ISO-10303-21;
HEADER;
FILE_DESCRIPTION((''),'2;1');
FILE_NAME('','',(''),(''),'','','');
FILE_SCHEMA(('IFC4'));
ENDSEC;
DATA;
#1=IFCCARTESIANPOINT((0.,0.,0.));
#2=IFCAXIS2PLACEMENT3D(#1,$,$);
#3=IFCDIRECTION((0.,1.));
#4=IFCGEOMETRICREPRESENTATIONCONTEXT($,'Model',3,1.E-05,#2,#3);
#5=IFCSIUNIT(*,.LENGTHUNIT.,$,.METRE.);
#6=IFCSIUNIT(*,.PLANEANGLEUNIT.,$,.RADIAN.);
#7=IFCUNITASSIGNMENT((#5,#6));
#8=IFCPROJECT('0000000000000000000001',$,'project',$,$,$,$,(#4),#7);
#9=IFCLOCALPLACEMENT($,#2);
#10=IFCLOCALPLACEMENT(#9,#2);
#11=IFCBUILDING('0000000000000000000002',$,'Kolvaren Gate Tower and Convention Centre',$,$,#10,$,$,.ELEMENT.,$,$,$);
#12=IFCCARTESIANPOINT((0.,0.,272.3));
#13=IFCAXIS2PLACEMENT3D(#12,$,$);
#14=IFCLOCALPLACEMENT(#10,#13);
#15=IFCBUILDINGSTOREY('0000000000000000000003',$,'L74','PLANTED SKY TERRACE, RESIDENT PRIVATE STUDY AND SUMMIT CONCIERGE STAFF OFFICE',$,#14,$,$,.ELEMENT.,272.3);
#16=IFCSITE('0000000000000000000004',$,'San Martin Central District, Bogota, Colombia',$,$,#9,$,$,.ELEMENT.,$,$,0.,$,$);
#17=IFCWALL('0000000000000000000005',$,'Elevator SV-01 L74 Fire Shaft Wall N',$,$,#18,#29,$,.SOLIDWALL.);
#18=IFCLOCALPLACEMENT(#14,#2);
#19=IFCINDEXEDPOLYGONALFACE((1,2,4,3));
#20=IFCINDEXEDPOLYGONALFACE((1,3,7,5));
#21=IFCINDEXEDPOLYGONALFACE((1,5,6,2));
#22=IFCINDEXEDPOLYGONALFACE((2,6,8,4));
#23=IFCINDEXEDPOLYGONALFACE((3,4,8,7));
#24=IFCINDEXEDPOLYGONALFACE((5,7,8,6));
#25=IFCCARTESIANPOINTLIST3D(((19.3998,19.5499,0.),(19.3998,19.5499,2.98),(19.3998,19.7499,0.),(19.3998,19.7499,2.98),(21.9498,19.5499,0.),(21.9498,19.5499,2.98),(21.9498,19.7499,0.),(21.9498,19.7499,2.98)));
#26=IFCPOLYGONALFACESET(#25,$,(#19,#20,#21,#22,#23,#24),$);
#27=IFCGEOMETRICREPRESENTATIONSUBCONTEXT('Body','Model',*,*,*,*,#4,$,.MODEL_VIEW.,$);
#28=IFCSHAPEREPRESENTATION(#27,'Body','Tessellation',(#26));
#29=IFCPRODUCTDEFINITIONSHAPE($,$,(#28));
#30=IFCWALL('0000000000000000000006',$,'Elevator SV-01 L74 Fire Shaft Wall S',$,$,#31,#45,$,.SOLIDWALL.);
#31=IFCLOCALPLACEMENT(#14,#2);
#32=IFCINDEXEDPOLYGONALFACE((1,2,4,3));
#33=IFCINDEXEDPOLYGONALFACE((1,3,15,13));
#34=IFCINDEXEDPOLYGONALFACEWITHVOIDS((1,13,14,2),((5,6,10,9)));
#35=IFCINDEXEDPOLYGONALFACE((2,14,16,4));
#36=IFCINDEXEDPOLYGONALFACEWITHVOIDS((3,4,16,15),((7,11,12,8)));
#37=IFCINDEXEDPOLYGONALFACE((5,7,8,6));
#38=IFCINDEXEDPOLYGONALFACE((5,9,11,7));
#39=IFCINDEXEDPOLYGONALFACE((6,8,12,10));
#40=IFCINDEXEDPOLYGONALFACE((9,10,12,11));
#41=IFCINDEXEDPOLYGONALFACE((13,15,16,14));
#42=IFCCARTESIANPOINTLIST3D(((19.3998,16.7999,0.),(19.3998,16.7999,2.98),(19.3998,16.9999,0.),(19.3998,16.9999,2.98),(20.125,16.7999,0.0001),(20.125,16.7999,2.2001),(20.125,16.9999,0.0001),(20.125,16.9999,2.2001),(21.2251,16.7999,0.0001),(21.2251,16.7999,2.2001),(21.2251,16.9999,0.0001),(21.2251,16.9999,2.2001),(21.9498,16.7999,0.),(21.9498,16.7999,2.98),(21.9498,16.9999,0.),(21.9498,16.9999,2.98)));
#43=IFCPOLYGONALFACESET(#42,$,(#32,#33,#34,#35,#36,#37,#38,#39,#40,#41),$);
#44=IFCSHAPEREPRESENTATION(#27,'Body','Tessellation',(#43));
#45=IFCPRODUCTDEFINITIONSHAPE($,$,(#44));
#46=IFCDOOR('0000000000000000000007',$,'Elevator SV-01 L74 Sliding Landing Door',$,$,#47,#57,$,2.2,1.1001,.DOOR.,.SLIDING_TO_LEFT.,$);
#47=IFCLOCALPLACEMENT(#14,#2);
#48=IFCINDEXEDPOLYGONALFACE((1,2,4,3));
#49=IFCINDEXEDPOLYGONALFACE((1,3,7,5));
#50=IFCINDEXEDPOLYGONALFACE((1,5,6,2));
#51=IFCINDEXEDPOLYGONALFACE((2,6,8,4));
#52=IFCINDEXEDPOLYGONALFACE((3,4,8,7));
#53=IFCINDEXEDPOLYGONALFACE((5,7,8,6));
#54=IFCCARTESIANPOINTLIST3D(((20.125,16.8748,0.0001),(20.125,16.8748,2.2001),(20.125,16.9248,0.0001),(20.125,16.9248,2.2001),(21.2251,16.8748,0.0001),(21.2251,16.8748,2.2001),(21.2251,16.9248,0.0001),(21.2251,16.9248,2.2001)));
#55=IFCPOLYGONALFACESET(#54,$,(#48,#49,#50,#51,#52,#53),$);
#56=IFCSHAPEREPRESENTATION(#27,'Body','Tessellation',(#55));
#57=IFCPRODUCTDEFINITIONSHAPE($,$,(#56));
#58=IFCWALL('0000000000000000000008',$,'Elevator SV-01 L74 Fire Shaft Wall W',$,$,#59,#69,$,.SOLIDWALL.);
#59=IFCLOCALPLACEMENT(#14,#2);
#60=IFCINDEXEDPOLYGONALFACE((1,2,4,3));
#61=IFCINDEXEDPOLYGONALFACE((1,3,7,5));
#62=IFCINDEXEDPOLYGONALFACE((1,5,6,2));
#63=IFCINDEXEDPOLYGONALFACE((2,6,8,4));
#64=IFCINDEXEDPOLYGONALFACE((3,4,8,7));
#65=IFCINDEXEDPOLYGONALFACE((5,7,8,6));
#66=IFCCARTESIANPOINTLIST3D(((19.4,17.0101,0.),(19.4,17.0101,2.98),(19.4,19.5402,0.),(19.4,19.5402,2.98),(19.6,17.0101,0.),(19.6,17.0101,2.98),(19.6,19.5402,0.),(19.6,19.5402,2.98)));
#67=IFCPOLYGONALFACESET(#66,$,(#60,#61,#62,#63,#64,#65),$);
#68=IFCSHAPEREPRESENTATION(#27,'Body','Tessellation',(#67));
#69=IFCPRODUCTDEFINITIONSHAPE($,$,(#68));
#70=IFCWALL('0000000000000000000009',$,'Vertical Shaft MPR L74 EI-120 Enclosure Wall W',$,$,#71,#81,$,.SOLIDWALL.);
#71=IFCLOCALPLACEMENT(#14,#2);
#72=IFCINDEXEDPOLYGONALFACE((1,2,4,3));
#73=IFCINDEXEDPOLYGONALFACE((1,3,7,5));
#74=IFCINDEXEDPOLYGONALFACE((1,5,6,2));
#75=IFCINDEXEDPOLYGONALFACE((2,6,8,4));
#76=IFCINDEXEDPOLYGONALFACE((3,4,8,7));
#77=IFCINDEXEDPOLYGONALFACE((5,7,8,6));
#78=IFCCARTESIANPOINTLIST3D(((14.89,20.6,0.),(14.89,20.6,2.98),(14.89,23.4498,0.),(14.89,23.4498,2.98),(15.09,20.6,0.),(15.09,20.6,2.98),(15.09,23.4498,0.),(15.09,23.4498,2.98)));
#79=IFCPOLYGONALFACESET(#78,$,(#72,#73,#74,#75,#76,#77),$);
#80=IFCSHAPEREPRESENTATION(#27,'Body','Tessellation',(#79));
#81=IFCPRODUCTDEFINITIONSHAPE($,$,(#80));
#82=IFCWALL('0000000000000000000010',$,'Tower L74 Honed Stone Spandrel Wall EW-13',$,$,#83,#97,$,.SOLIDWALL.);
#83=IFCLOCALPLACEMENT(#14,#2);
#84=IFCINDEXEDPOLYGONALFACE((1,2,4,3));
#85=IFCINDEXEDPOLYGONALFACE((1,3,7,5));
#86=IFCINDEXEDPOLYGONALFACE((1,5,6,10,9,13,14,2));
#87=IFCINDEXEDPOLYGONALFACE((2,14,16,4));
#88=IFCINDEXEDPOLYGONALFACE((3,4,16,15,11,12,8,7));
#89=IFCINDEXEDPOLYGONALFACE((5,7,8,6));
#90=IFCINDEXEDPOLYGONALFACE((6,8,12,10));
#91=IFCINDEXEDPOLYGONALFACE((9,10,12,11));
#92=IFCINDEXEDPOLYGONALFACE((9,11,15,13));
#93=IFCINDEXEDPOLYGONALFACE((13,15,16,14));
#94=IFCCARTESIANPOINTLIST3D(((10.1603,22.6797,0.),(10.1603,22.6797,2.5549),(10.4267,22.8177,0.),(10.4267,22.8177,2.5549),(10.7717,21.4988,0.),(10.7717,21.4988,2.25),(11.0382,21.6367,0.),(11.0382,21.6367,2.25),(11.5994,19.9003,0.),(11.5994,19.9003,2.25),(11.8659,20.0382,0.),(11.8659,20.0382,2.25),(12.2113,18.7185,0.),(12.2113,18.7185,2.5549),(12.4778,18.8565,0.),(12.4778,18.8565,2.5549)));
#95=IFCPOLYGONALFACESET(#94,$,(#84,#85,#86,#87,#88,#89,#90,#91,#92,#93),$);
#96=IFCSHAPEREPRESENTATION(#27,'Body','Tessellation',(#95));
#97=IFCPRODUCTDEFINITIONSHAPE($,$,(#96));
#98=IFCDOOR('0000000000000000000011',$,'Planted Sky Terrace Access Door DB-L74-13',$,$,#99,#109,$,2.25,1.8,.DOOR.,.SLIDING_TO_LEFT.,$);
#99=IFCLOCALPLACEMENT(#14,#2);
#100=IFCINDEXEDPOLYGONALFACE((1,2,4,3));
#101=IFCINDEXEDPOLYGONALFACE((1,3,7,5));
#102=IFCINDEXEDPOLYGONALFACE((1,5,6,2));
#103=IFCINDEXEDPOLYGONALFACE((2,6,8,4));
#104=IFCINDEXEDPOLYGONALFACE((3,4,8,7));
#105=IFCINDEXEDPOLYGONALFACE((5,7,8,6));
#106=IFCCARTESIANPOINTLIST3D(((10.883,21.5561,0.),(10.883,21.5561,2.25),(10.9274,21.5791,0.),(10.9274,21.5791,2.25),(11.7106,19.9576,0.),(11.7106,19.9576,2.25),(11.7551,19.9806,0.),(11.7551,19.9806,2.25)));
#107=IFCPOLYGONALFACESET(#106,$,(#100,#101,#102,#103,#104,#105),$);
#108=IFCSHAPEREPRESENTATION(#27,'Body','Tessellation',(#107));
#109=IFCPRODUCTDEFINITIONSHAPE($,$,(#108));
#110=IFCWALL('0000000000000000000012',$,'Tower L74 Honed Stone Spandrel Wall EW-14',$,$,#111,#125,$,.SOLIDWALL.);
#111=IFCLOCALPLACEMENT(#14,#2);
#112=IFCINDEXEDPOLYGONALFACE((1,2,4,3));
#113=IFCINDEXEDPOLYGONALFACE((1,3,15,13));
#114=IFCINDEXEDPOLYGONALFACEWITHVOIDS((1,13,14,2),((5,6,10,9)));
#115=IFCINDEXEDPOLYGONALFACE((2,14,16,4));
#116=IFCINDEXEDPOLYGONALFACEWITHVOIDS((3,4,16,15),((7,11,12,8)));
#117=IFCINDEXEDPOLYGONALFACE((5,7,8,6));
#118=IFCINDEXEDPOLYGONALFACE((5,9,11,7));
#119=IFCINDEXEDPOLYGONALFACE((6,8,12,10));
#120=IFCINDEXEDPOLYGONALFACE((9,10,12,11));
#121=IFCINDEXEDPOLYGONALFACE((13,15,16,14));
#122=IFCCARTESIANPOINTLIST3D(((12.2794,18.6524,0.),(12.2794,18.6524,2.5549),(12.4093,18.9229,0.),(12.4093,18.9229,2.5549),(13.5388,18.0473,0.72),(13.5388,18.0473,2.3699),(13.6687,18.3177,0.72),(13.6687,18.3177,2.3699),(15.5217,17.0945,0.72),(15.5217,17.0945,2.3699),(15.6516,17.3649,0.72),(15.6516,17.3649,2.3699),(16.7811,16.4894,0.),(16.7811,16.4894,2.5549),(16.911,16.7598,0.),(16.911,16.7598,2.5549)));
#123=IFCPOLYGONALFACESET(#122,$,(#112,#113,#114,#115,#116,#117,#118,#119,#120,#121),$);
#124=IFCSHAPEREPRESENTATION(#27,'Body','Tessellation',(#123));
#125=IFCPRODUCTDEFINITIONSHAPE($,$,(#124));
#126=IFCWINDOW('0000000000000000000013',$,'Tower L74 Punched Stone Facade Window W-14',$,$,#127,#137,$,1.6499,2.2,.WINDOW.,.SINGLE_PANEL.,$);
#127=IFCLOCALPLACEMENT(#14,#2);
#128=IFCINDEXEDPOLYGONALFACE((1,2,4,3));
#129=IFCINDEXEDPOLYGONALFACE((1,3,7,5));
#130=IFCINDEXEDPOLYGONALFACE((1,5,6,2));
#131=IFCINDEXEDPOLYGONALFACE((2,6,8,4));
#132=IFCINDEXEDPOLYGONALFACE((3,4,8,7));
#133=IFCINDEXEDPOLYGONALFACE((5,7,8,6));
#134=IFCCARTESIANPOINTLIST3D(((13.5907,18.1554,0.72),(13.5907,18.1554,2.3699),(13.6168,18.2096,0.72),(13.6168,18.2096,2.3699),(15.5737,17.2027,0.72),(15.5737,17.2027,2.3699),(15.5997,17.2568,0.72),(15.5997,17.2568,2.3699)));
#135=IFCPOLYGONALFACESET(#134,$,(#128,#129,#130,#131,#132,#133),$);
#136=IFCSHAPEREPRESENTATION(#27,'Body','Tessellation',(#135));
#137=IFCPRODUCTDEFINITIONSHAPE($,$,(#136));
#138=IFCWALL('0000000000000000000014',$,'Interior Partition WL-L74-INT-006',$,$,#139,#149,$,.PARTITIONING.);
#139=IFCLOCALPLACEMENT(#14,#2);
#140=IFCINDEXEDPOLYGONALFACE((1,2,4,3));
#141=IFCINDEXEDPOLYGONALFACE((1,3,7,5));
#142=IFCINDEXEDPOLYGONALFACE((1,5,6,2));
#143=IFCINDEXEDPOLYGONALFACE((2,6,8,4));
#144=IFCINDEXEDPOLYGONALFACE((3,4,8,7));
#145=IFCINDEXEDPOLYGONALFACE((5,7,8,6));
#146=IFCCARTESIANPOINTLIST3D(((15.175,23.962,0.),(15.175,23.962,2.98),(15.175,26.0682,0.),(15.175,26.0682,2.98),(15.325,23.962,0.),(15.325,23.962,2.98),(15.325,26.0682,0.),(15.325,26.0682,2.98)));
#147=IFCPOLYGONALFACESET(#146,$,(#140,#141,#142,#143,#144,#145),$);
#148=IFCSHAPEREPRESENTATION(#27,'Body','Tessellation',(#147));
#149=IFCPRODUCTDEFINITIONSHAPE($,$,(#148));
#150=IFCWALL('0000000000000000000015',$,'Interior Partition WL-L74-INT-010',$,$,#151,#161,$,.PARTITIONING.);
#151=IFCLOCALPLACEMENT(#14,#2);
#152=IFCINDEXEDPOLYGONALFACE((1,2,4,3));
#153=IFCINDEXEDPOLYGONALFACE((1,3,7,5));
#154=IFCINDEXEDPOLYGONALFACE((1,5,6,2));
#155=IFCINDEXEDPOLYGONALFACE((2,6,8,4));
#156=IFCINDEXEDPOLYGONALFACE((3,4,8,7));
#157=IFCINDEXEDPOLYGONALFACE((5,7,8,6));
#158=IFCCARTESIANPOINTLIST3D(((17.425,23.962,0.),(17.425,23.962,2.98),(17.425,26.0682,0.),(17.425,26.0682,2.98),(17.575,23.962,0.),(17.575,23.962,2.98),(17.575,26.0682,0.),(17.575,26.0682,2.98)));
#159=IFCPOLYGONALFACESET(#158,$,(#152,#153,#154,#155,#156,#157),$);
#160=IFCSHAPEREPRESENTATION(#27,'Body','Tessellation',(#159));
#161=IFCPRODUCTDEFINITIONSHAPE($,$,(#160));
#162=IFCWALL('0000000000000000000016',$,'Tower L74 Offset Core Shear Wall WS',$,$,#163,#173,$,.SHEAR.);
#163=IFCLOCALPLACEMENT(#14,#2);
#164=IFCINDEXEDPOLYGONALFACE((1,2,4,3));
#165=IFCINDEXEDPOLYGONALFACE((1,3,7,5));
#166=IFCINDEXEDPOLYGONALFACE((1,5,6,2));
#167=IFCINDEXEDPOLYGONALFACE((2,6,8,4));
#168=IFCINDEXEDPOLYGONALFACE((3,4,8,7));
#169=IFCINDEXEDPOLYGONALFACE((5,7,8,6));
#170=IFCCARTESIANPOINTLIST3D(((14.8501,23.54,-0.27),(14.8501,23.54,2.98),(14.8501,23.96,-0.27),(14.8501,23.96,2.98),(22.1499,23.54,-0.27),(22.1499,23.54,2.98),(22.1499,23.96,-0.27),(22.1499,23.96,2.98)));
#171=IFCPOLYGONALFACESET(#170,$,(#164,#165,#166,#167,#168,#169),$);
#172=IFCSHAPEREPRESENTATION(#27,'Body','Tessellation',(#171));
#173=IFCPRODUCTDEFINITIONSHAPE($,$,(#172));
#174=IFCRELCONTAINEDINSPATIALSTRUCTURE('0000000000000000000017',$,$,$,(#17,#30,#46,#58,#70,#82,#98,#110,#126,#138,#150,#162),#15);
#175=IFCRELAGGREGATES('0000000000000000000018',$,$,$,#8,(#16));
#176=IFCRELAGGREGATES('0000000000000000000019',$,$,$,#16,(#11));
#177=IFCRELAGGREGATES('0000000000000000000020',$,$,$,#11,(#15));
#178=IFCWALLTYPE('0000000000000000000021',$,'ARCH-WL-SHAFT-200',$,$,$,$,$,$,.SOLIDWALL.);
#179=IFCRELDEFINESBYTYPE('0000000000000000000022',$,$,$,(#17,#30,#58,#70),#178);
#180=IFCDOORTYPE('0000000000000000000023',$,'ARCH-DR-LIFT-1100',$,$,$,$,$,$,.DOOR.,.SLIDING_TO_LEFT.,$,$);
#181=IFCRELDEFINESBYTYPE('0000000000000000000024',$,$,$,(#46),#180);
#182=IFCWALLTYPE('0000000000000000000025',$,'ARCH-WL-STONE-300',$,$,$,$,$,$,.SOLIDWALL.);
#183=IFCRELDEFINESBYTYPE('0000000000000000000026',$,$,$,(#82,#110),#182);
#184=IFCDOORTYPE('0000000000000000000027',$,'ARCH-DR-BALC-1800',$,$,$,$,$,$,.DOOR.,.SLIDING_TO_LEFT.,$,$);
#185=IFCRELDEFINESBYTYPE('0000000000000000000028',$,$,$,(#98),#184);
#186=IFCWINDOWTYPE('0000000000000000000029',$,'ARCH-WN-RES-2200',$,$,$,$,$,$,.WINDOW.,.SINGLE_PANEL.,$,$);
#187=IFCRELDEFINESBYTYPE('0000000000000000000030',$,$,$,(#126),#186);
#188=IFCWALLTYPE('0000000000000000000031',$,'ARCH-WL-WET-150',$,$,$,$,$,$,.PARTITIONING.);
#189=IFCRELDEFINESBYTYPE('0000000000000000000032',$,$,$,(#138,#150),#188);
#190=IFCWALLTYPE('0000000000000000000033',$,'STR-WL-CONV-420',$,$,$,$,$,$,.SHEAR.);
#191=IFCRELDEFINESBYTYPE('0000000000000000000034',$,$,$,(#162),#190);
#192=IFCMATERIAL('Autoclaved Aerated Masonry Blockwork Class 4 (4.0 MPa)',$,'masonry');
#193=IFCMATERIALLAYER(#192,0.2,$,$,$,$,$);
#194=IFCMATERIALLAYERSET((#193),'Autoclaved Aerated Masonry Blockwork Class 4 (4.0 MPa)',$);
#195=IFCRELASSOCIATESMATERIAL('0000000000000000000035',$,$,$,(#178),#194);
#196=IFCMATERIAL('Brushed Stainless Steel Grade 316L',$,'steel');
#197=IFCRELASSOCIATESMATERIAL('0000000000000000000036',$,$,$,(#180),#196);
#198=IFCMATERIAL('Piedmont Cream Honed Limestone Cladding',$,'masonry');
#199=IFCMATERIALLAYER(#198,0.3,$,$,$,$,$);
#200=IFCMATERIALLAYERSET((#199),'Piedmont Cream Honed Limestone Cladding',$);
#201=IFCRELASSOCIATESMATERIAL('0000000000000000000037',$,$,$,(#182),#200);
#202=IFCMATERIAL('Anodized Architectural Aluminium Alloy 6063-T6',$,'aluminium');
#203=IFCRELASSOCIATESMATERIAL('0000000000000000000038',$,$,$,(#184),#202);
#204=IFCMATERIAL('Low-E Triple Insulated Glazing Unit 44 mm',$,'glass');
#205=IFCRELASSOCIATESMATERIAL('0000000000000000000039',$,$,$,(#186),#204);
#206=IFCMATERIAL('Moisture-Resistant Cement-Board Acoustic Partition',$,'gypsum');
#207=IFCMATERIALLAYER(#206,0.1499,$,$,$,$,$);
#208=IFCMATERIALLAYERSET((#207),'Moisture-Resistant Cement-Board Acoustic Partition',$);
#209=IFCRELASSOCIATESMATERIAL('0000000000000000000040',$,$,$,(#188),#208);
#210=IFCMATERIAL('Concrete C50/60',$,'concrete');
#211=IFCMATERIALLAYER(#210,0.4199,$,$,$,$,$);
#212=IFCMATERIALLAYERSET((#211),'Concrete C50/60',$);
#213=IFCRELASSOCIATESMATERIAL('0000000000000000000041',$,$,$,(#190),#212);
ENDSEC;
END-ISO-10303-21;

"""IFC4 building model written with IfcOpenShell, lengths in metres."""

from ifc_helpers import new_model, si_unit, direction, frame, frame_2d, origin, place, context, subcontext, project, spatial, rectangle, extrude, material, layer, layer_set, type_object, element, fill, save


model = new_model("IFC4")

# Units and contexts
model_context = context("Model", 3, precision=1e-05, world=origin(), true_north=direction((0.0, 1.0)))
body_context = subcontext(model_context, "Body", "Model", "MODEL_VIEW")
ifc_project = project(units=[si_unit("LENGTHUNIT", "METRE"), si_unit("PLANEANGLEUNIT", "RADIAN")], contexts=[model_context])

# Site, building, storey
site_placement = place(None, origin())
site = spatial("IfcSite", under=ifc_project, at=site_placement, Name="San Martin Central District, Bogota, Colombia", CompositionType="ELEMENT", RefElevation=0.0)
building_placement = place(site_placement, origin())
building = spatial("IfcBuilding", under=site, at=building_placement, Name="Kolvaren Gate Tower and Convention Centre", CompositionType="ELEMENT")
storey_placement = place(building_placement, frame((0.0, 0.0, 272.3)))
storey = spatial("IfcBuildingStorey", under=building, at=storey_placement, Name="L74", Description="PLANTED SKY TERRACE, RESIDENT PRIVATE STUDY AND SUMMIT CONCIERGE STAFF OFFICE", CompositionType="ELEMENT", Elevation=272.3)

# Shared definitions
ifc_material_1 = material(Name="Anodized Architectural Aluminium Alloy 6063-T6", Category="aluminium")

# Wall
ifc_material_2 = material(Name="Piedmont Cream Honed Limestone Cladding", Category="masonry")
ifc_material_3 = material(Name="Autoclaved Aerated Masonry Blockwork Class 4 (4.0 MPa)", Category="masonry")
ifc_layer_1 = layer(ifc_material_3, 0.2)
ifc_layer_set_1 = layer_set([ifc_layer_1], Name="Autoclaved Aerated Masonry Blockwork Class 4 (4.0 MPa)")
wall_type_1 = type_object("IfcWallType", Name="ARCH-WL-SHAFT-200", PredefinedType="SOLIDWALL", material=ifc_layer_set_1)
wall_1_placement = place(storey_placement, frame((19.3999, 19.6499, 0.0), z_axis=(0.0, 0.0, 1.0), x_axis=(1.0, 0.0, 0.0)))
element("IfcWall", 1, at=wall_1_placement, inside=storey, type_object=wall_type_1, Name="Elevator SV-01 L74 Fire Shaft Wall N", PredefinedType="SOLIDWALL", context=body_context, shape_type="SweptSolid", body=[
    extrude(rectangle(XDim=2.55, YDim=0.2, at=frame_2d((1.2749, 0.0))), origin(), (0.0, 0.0, 1.0), 2.98),
])

# Wall, opening, door
wall_2_placement = place(storey_placement, frame((19.3999, 16.8999, 0.0), z_axis=(0.0, 0.0, 1.0), x_axis=(1.0, 0.0, 0.0)))
wall_2 = element("IfcWall", 2, at=wall_2_placement, inside=storey, type_object=wall_type_1, Name="Elevator SV-01 L74 Fire Shaft Wall S", PredefinedType="SOLIDWALL", context=body_context, shape_type="SweptSolid", body=[
    extrude(rectangle(XDim=2.55, YDim=0.2, at=frame_2d((1.2749, 0.0))), origin(), (0.0, 0.0, 1.0), 2.98),
])
opening_1_placement = place(wall_2_placement, frame((0.7251, 0.0, 0.0)))
opening_1 = element("IfcOpeningElement", 3, at=opening_1_placement, cuts=wall_2, PredefinedType="OPENING", context=body_context, shape_type="SweptSolid", body=[
    extrude(rectangle(XDim=1.1001, YDim=2.2, at=frame_2d((0.55, 1.1001))), frame((0.0, 0.1099, 0.0), z_axis=(0.0, -1.0, 0.0), x_axis=(1.0, 0.0, 0.0)), (0.0, 0.0, 1.0), 0.22),
])
ifc_material_4 = material(Name="Brushed Stainless Steel Grade 316L", Category="steel")
door_type_1 = type_object("IfcDoorType", Name="ARCH-DR-LIFT-1100", OperationType="SLIDING_TO_LEFT", PredefinedType="DOOR", material=ifc_material_4)
door_1_placement = place(opening_1_placement, origin())
door_1 = element("IfcDoor", 4, at=door_1_placement, inside=storey, type_object=door_type_1, Name="Elevator SV-01 L74 Sliding Landing Door", OperationType="SLIDING_TO_LEFT", OverallHeight=2.2, OverallWidth=1.1001, PredefinedType="DOOR", context=body_context, shape_type="SweptSolid", body=[
    extrude(rectangle(XDim=1.1001, YDim=2.2, at=frame_2d((0.55, 1.1001))), frame((0.0, 0.0249, 0.0), z_axis=(0.0, -1.0, 0.0), x_axis=(1.0, 0.0, 0.0)), (0.0, 0.0, 1.0), 0.05),
])
fill(opening_1, door_1)

# Walls
wall_3_placement = place(storey_placement, frame((19.5, 17.01, 0.0), z_axis=(0.0, 0.0, 1.0), x_axis=(0.0, 1.0, 0.0)))
element("IfcWall", 5, at=wall_3_placement, inside=storey, type_object=wall_type_1, Name="Elevator SV-01 L74 Fire Shaft Wall W", PredefinedType="SOLIDWALL", context=body_context, shape_type="SweptSolid", body=[
    extrude(rectangle(XDim=2.53, YDim=0.2, at=frame_2d((1.2651, 0.0))), origin(), (0.0, 0.0, 1.0), 2.98),
])
wall_4_placement = place(storey_placement, frame((14.99, 20.6001, 0.0), z_axis=(0.0, 0.0, 1.0), x_axis=(0.0, 1.0, 0.0)))
element("IfcWall", 6, at=wall_4_placement, inside=storey, type_object=wall_type_1, Name="Vertical Shaft MPR L74 EI-120 Enclosure Wall W", PredefinedType="SOLIDWALL", context=body_context, shape_type="SweptSolid", body=[
    extrude(rectangle(XDim=2.8499, YDim=0.2, at=frame_2d((1.4248, 0.0))), origin(), (0.0, 0.0, 1.0), 2.98),
])

# Wall, opening, door
ifc_layer_2 = layer(ifc_material_2, 0.3)
ifc_layer_set_2 = layer_set([ifc_layer_2], Name="Piedmont Cream Honed Limestone Cladding")
wall_type_2 = type_object("IfcWallType", Name="ARCH-WL-STONE-300", PredefinedType="SOLIDWALL", material=ifc_layer_set_2)
wall_5_placement = place(storey_placement, frame((10.2935, 22.7488, 0.0), z_axis=(0.0, 0.0, 1.0), x_axis=(0.459801, -0.888022, 0.0)))
wall_5 = element("IfcWall", 7, at=wall_5_placement, inside=storey, type_object=wall_type_2, Name="Tower L74 Honed Stone Spandrel Wall EW-13", PredefinedType="SOLIDWALL", context=body_context, shape_type="SweptSolid", body=[
    extrude(rectangle(XDim=4.4607, YDim=0.3, at=frame_2d((2.2305, 0.0))), origin(), (0.0, 0.0, 1.0), 2.5549),
])
opening_2_placement = place(wall_5_placement, frame((1.3301, 0.0, 0.0)))
opening_2 = element("IfcOpeningElement", 8, at=opening_2_placement, cuts=wall_5, PredefinedType="OPENING", context=body_context, shape_type="SweptSolid", body=[
    extrude(rectangle(XDim=1.8, YDim=2.25, at=frame_2d((0.8999, 1.125))), frame((0.0, 0.1599, 0.0), z_axis=(0.0, -1.0, 0.0), x_axis=(1.0, 0.0, 0.0)), (0.0, 0.0, 1.0), 0.3201),
])
door_type_2 = type_object("IfcDoorType", Name="ARCH-DR-BALC-1800", OperationType="SLIDING_TO_LEFT", PredefinedType="DOOR", material=ifc_material_1)
door_2_placement = place(opening_2_placement, frame((1.8, 0.0, 0.0), z_axis=(0.0, 0.0, 1.0), x_axis=(-1.0, 0.0, 0.0)))
door_2 = element("IfcDoor", 9, at=door_2_placement, inside=storey, type_object=door_type_2, Name="Planted Sky Terrace Access Door DB-L74-13", OperationType="SLIDING_TO_LEFT", OverallHeight=2.25, OverallWidth=1.8, PredefinedType="DOOR", context=body_context, shape_type="SweptSolid", body=[
    extrude(rectangle(XDim=1.8, YDim=2.25, at=frame_2d((0.8999, 1.125))), frame((0.0, 0.0249, 0.0), z_axis=(0.0, -1.0, 0.0), x_axis=(1.0, 0.0, 0.0)), (0.0, 0.0, 1.0), 0.05),
])
fill(opening_2, door_2)

# Wall, opening, window
wall_6_placement = place(storey_placement, frame((12.3445, 18.7876, 0.0), z_axis=(0.0, 0.0, 1.0), x_axis=(0.901346, -0.4331, 0.0)))
wall_6 = element("IfcWall", 10, at=wall_6_placement, inside=storey, type_object=wall_type_2, Name="Tower L74 Honed Stone Spandrel Wall EW-14", PredefinedType="SOLIDWALL", context=body_context, shape_type="SweptSolid", body=[
    extrude(rectangle(XDim=4.9944, YDim=0.3, at=frame_2d((2.4971, 0.0))), origin(), (0.0, 0.0, 1.0), 2.5549),
])
opening_3_placement = place(wall_6_placement, frame((1.397, 0.0, 0.72)))
opening_3 = element("IfcOpeningElement", 11, at=opening_3_placement, cuts=wall_6, PredefinedType="OPENING", context=body_context, shape_type="SweptSolid", body=[
    extrude(rectangle(XDim=2.2, YDim=1.6499, at=frame_2d((1.1001, 0.825))), frame((0.0, 0.1599, 0.0), z_axis=(0.0, -1.0, 0.0), x_axis=(1.0, 0.0, 0.0)), (0.0, 0.0, 1.0), 0.3201),
])
ifc_material_5 = material(Name="Low-E Triple Insulated Glazing Unit 44 mm", Category="glass")
window_type = type_object("IfcWindowType", Name="ARCH-WN-RES-2200", PartitioningType="SINGLE_PANEL", PredefinedType="WINDOW", material=ifc_material_5)
window_placement = place(opening_3_placement, origin())
window = element("IfcWindow", 12, at=window_placement, inside=storey, type_object=window_type, Name="Tower L74 Punched Stone Facade Window W-14", OverallHeight=1.6499, OverallWidth=2.2, PartitioningType="SINGLE_PANEL", PredefinedType="WINDOW", context=body_context, shape_type="SweptSolid", body=[
    extrude(rectangle(XDim=2.2, YDim=1.6499, at=frame_2d((1.1001, 0.825))), frame((0.0, 0.03, 0.0), z_axis=(0.0, -1.0, 0.0), x_axis=(1.0, 0.0, 0.0)), (0.0, 0.0, 1.0), 0.0601),
])
fill(opening_3, window)

# Walls
ifc_material_6 = material(Name="Moisture-Resistant Cement-Board Acoustic Partition", Category="gypsum")
ifc_layer_3 = layer(ifc_material_6, 0.1499)
ifc_layer_set_3 = layer_set([ifc_layer_3], Name="Moisture-Resistant Cement-Board Acoustic Partition")
wall_type_3 = type_object("IfcWallType", Name="ARCH-WL-WET-150", PredefinedType="PARTITIONING", material=ifc_layer_set_3)
for number, where, z_axis, x_axis, name in (
    (13, (15.25, 23.9619, 0.0), (0.0, 0.0, 1.0), (0.0, 1.0, 0.0), "Interior Partition WL-L74-INT-006"),
    (14, (17.5, 23.9619, 0.0), (0.0, 0.0, 1.0), (0.0, 1.0, 0.0), "Interior Partition WL-L74-INT-010"),
):
    element("IfcWall", number, at=place(storey_placement, frame(where, z_axis=z_axis, x_axis=x_axis)), inside=storey, type_object=wall_type_3, Name=name, PredefinedType="PARTITIONING", context=body_context, shape_type="SweptSolid", body=[
        extrude(rectangle(XDim=2.1062, YDim=0.1499, at=frame_2d((1.0532, 0.0))), origin(), (0.0, 0.0, 1.0), 2.98),
    ])
ifc_material_7 = material(Name="Concrete C50/60", Category="concrete")
ifc_layer_4 = layer(ifc_material_7, 0.4199)
ifc_layer_set_4 = layer_set([ifc_layer_4], Name="Concrete C50/60")
wall_type_4 = type_object("IfcWallType", Name="STR-WL-CONV-420", PredefinedType="SHEAR", material=ifc_layer_set_4)
wall_7_placement = place(storey_placement, frame((14.8501, 23.75, -0.27), z_axis=(0.0, 0.0, 1.0), x_axis=(1.0, 0.0, 0.0)))
element("IfcWall", 15, at=wall_7_placement, inside=storey, type_object=wall_type_4, Name="Tower L74 Offset Core Shear Wall WS", PredefinedType="SHEAR", context=body_context, shape_type="SweptSolid", body=[
    extrude(rectangle(XDim=7.2998, YDim=0.4199, at=frame_2d((3.6499, 0.0))), origin(), (0.0, 0.0, 1.0), 3.25),
])

save(model, "model.ifc")
